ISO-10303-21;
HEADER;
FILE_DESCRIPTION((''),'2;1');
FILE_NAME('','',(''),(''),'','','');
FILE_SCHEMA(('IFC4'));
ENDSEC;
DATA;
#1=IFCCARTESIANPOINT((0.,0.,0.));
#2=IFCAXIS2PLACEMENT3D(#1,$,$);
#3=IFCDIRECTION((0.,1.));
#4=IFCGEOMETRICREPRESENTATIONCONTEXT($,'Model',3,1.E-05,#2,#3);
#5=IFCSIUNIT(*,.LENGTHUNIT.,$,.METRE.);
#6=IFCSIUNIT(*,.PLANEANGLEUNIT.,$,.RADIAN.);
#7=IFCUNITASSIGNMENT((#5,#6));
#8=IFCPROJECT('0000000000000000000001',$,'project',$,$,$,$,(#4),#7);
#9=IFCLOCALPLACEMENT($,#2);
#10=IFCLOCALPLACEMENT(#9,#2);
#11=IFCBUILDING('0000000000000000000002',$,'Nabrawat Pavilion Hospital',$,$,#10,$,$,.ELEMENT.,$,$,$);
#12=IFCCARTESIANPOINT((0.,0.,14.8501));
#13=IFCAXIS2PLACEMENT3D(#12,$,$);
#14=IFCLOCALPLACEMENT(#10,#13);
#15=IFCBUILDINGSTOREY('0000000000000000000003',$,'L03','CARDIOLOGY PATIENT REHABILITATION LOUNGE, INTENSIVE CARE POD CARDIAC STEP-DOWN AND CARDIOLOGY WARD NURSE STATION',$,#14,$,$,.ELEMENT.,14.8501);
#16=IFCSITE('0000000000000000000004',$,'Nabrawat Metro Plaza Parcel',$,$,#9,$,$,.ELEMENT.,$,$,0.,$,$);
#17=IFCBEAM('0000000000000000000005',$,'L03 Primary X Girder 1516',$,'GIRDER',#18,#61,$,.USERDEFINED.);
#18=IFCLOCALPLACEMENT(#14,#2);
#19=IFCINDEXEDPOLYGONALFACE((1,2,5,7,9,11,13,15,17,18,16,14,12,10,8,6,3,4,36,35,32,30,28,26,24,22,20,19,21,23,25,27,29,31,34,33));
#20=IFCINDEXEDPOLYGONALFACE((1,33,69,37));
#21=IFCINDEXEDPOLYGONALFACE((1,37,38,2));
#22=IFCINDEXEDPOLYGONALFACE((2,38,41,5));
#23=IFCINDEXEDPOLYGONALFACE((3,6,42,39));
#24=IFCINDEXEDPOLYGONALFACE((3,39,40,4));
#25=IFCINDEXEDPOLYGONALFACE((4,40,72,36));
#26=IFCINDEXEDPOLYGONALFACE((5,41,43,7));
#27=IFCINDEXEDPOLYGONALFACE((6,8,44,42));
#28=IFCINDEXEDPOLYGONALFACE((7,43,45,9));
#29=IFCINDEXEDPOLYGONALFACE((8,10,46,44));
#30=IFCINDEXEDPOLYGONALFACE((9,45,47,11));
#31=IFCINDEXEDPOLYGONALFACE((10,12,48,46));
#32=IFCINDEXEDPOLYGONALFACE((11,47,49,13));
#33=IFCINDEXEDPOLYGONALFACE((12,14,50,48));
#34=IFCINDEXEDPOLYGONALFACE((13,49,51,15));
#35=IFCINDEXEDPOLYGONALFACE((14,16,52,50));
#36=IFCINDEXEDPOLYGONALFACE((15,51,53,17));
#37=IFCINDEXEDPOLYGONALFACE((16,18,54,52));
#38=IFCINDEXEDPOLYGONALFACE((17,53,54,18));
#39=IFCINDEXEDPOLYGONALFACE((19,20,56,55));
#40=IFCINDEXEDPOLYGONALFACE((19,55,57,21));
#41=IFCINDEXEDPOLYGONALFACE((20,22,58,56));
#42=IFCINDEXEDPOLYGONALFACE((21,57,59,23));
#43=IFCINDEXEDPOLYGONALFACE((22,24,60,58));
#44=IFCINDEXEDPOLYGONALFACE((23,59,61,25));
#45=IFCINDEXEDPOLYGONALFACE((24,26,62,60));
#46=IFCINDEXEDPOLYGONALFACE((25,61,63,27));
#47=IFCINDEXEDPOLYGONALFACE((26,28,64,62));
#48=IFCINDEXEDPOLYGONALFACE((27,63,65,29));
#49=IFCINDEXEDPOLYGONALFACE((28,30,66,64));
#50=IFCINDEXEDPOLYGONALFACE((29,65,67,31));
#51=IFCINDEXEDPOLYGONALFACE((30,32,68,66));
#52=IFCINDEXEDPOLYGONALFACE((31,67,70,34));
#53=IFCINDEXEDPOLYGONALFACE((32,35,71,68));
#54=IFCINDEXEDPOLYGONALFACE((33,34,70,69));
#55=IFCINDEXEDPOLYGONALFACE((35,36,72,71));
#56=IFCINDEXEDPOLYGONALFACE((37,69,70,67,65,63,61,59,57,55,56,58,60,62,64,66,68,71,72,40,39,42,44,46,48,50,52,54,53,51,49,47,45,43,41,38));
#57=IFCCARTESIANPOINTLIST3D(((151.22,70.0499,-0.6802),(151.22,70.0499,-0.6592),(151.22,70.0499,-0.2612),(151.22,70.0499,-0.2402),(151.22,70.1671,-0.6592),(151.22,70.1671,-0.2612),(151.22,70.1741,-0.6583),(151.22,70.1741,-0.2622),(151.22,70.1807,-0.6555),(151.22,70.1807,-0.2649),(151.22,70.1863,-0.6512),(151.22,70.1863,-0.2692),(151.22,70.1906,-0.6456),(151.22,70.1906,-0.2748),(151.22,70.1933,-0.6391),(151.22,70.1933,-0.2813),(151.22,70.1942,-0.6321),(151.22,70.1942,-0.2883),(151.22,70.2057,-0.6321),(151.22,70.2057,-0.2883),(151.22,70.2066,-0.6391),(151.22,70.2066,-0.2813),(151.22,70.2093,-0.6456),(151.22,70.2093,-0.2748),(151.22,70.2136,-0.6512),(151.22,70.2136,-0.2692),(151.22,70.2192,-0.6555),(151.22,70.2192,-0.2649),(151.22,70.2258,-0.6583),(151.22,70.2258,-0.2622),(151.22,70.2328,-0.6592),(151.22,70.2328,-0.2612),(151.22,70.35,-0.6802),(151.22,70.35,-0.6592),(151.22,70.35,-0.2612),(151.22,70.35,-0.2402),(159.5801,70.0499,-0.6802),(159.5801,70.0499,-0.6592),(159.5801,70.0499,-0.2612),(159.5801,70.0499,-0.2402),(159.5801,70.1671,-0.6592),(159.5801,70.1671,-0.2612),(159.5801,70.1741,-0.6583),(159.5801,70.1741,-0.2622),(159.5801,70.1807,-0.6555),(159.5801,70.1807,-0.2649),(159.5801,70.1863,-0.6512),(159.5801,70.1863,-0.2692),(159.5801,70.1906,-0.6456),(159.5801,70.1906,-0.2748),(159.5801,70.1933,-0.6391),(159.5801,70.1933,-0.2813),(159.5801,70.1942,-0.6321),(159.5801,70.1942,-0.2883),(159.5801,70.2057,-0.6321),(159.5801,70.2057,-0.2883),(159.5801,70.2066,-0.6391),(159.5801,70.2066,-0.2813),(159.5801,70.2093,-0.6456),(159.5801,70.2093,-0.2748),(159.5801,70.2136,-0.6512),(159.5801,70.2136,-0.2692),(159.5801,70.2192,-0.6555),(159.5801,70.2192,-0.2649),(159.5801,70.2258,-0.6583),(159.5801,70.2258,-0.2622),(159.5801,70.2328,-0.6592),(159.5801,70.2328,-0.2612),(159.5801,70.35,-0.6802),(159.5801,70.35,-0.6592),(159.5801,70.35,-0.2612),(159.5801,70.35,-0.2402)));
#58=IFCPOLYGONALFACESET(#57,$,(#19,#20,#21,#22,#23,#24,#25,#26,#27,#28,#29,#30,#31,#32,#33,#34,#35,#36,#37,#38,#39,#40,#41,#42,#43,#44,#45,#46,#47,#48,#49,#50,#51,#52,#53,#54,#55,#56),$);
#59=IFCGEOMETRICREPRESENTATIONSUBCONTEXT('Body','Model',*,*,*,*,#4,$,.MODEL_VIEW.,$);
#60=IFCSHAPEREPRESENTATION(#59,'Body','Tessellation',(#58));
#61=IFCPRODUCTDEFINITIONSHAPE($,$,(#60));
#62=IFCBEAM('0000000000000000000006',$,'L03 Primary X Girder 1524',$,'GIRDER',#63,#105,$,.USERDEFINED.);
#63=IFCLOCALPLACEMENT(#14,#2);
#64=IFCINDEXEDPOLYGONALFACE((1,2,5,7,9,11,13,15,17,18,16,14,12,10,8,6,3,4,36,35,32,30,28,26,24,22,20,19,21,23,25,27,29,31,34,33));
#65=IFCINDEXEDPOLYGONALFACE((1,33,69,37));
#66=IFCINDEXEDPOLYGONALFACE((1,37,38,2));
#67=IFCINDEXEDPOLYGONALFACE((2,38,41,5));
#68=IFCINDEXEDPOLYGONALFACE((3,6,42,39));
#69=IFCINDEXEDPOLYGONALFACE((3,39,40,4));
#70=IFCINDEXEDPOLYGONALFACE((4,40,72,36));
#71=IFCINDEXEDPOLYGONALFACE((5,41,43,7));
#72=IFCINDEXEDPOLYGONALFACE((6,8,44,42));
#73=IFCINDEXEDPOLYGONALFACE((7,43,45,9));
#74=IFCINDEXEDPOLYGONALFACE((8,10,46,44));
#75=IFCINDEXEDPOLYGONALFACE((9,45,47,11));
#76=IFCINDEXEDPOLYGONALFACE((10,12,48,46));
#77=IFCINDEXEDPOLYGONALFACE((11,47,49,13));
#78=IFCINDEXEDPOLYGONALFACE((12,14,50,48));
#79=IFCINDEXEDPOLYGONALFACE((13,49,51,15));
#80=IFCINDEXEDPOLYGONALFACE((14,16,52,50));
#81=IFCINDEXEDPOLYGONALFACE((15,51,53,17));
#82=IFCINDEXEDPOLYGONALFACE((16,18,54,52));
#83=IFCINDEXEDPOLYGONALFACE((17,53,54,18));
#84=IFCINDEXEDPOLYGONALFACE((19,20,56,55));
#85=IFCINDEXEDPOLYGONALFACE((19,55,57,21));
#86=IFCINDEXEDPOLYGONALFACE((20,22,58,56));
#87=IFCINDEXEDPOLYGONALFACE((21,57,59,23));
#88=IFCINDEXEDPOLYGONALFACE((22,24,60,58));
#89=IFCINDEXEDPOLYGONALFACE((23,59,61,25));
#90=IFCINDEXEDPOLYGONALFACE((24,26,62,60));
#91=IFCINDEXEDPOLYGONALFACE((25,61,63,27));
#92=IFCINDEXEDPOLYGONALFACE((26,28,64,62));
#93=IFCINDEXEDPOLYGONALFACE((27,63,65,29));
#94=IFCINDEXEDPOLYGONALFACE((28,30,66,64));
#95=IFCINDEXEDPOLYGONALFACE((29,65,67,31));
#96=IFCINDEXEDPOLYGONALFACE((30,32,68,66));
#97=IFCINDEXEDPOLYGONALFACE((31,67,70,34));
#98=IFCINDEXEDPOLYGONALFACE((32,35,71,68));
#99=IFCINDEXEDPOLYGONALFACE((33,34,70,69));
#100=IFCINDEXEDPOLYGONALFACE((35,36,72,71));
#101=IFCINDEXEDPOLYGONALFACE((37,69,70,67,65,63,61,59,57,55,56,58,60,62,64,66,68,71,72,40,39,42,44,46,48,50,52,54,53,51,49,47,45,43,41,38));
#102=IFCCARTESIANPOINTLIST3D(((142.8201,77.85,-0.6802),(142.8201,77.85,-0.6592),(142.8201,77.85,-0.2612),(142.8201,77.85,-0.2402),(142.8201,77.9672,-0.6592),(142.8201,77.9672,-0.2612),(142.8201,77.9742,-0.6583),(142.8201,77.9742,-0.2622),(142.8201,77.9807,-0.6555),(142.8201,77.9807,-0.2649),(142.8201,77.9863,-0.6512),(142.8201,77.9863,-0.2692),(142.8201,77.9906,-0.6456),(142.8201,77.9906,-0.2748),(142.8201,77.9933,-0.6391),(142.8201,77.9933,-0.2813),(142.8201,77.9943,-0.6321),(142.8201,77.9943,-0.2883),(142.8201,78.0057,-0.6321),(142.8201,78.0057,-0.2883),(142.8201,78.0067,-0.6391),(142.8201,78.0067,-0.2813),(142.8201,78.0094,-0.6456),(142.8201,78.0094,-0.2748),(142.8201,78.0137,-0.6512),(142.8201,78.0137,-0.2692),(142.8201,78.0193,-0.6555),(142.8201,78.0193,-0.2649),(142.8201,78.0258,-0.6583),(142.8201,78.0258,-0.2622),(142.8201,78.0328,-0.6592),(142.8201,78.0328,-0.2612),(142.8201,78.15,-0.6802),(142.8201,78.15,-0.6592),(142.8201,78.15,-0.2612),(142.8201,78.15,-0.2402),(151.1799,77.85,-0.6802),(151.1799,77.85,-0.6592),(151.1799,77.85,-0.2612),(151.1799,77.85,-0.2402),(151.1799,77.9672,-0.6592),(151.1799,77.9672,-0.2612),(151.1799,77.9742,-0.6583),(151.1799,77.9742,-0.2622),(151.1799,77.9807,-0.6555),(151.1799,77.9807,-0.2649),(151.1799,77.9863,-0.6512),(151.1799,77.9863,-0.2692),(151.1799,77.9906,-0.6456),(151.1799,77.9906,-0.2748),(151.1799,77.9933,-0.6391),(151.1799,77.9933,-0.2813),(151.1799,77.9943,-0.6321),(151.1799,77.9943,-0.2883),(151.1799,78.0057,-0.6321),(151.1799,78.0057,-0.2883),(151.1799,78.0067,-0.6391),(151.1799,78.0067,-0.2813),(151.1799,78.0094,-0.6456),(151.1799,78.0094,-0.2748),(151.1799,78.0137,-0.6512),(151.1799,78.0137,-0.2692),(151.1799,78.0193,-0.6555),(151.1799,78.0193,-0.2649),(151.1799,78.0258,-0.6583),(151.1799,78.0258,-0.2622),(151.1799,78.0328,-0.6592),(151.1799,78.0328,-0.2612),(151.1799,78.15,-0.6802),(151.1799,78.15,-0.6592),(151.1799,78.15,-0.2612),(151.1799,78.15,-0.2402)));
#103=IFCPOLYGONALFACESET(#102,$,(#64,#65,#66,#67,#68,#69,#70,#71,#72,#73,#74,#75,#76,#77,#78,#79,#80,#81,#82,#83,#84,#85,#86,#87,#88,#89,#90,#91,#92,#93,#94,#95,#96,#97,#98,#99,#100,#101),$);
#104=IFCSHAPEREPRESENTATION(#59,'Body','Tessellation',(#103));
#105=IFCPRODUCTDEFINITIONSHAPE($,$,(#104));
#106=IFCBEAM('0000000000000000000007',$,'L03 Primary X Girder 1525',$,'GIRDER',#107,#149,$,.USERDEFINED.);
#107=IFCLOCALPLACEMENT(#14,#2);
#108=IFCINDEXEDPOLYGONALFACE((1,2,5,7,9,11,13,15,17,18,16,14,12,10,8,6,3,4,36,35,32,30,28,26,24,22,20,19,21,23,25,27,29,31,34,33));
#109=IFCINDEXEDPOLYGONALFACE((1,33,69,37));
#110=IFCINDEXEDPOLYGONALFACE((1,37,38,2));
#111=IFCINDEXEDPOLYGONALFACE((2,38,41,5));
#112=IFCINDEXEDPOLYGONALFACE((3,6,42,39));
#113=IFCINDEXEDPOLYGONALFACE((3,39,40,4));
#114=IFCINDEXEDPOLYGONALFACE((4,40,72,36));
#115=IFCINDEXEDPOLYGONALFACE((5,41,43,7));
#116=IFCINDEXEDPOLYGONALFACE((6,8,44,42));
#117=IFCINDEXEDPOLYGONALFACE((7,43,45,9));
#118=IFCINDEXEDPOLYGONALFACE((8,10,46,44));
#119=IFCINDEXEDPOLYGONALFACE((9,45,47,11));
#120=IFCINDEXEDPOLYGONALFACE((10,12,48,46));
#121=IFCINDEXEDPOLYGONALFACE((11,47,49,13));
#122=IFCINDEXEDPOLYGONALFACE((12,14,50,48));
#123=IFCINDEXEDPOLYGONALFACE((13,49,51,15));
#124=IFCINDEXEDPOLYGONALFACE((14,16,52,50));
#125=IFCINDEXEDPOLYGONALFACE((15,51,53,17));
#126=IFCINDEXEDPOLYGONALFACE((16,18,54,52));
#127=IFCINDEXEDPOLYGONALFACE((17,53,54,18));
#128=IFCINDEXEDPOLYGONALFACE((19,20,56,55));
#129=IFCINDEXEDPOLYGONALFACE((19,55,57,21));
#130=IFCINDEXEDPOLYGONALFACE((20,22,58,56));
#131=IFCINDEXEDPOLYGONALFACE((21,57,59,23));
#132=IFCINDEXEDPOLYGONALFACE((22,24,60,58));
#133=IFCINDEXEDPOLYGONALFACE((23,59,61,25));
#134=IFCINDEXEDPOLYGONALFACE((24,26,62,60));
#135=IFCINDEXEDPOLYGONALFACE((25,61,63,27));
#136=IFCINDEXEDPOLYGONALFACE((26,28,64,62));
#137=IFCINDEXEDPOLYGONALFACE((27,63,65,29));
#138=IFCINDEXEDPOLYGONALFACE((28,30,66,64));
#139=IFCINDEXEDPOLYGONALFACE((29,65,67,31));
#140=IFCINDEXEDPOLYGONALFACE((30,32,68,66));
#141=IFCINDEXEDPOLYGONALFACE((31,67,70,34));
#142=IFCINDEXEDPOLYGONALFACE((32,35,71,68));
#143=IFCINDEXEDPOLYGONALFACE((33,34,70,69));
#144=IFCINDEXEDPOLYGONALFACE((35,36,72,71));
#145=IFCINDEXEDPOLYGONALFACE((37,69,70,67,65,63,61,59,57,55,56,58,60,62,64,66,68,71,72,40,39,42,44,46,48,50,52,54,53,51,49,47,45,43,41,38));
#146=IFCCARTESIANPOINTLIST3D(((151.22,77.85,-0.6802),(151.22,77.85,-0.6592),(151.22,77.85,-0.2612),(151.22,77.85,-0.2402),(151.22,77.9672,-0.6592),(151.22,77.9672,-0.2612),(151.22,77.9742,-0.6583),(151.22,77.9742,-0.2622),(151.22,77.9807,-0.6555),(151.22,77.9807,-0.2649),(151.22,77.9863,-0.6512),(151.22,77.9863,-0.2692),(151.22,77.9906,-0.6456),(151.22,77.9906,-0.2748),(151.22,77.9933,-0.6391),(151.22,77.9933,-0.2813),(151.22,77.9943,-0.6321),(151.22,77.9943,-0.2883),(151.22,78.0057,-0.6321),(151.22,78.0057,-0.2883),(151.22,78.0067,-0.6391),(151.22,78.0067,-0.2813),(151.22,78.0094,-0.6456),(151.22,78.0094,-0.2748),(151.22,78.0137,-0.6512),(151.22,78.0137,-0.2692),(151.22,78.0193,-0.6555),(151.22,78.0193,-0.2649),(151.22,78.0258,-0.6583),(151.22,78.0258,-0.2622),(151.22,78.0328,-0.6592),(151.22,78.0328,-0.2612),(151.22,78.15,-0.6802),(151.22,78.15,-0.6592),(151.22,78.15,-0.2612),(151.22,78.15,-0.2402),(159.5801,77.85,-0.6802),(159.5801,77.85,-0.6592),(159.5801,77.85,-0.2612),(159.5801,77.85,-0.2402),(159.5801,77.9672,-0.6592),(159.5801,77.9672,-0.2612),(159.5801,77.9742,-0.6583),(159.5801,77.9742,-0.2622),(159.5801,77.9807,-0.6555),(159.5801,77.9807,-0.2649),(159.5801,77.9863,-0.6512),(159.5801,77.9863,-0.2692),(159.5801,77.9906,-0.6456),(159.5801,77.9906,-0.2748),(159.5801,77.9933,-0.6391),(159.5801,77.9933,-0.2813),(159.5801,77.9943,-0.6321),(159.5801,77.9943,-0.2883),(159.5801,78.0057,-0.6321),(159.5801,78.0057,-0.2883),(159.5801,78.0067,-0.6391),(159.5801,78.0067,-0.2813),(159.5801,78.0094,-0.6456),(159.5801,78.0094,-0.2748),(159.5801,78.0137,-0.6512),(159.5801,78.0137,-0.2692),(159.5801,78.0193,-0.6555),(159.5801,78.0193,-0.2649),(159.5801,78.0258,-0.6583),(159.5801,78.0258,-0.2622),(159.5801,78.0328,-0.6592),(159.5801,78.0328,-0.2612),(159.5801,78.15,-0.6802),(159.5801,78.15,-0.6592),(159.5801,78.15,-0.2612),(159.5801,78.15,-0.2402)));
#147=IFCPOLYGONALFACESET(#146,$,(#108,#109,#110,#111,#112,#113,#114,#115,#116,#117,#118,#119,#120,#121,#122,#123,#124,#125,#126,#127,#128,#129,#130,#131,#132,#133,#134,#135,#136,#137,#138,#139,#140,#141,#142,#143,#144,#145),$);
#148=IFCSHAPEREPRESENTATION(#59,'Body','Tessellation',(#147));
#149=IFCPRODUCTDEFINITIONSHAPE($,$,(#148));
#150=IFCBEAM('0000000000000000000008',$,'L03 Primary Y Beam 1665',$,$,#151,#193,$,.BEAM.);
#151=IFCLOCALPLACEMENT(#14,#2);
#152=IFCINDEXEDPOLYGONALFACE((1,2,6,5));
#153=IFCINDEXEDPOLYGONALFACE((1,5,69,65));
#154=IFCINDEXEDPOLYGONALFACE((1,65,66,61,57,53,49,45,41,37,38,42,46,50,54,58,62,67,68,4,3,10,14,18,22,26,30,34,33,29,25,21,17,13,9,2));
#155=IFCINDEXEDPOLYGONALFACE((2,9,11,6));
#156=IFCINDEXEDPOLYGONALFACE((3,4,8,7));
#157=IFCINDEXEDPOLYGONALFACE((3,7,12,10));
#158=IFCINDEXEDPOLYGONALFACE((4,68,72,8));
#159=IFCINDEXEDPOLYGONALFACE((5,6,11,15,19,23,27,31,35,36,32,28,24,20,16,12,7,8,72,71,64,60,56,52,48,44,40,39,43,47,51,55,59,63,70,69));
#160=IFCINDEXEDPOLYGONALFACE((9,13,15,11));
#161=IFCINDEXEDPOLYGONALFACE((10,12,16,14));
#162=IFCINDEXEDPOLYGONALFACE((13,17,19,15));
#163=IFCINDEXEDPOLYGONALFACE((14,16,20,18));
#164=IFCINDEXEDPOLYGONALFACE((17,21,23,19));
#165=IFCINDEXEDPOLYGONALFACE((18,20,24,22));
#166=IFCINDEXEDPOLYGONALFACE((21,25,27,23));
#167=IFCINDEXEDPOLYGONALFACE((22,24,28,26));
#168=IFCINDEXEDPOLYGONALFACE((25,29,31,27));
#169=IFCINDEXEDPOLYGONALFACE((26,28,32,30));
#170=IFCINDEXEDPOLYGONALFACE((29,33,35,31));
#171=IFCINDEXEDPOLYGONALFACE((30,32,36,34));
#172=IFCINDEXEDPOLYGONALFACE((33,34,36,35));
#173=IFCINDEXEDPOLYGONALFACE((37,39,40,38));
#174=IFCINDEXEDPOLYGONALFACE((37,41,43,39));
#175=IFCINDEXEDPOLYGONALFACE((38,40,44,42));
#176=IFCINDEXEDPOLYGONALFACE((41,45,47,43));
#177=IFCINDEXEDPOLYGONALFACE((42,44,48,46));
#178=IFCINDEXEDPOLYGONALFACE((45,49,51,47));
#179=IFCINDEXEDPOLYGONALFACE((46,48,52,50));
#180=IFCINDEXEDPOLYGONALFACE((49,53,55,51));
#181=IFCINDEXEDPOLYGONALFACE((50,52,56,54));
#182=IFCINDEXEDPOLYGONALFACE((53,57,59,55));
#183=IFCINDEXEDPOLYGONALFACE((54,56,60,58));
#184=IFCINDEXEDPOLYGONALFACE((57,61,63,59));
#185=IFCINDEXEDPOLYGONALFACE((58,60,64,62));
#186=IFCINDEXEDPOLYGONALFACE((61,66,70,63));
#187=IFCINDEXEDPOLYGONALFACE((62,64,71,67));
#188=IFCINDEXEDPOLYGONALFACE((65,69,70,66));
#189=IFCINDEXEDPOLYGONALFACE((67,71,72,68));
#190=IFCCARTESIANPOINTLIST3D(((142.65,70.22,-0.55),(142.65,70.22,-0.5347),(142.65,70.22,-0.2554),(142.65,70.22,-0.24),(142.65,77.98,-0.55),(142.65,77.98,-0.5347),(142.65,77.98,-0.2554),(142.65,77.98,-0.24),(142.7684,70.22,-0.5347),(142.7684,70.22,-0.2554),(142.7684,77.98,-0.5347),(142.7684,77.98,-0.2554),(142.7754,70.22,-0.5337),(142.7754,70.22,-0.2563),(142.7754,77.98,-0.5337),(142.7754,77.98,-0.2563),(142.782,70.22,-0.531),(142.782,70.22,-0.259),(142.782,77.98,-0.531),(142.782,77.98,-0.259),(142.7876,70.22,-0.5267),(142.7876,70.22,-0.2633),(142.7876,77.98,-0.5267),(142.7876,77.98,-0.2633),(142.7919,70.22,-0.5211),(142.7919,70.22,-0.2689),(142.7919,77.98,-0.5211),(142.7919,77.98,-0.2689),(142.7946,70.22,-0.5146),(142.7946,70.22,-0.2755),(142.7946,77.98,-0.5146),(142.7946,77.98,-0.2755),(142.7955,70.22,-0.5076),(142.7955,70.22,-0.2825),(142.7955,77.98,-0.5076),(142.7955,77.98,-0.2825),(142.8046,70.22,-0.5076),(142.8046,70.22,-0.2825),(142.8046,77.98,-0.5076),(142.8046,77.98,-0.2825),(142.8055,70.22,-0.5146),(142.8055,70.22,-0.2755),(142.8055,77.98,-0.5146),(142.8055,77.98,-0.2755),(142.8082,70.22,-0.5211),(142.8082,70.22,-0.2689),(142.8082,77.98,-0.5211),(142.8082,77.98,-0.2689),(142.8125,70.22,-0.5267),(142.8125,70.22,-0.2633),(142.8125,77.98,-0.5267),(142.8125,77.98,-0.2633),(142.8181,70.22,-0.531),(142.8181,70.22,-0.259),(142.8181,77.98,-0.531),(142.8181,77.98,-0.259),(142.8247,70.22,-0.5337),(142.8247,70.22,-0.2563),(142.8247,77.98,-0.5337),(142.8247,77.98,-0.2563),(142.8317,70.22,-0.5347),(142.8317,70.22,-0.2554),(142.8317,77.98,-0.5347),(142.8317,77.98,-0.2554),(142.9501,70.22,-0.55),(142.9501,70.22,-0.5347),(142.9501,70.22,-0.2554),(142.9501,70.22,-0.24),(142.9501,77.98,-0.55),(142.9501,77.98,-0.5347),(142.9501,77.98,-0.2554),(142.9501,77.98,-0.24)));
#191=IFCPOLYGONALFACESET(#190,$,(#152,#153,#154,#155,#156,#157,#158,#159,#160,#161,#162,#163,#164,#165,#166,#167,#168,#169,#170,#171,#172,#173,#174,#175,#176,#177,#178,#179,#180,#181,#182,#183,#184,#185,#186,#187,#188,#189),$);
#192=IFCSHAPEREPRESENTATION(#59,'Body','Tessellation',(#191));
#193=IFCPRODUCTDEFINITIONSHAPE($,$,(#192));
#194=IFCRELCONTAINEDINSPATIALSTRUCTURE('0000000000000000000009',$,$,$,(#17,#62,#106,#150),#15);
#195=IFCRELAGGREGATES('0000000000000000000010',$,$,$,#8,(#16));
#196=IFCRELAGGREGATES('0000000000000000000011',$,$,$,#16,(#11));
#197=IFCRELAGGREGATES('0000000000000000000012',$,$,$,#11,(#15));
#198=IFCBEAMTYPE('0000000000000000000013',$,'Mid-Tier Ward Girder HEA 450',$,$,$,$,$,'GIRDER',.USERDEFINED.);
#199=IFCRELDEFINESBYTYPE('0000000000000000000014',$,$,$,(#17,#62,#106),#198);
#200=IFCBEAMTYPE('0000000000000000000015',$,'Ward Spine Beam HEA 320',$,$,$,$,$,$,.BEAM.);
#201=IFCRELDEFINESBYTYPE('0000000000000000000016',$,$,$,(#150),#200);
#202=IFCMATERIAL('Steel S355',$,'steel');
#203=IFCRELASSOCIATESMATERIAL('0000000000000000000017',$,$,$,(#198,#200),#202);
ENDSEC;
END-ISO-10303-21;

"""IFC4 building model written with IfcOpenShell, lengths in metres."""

from ifc_helpers import new_model, si_unit, direction, frame, origin, origin_2d, place, context, subcontext, project, spatial, i_section, extrude, material, material_profile, profile_set, type_object, element, save


model = new_model("IFC4")

# Units and contexts
model_context = context("Model", 3, precision=1e-05, world=origin(), true_north=direction((0.0, 1.0)))
body_context = subcontext(model_context, "Body", "Model", "MODEL_VIEW")
ifc_project = project(units=[si_unit("LENGTHUNIT", "METRE"), si_unit("PLANEANGLEUNIT", "RADIAN")], contexts=[model_context])

# Site, building, storey
site_placement = place(None, origin())
site = spatial("IfcSite", under=ifc_project, at=site_placement, Name="Nabrawat Metro Plaza Parcel", CompositionType="ELEMENT", RefElevation=0.0)
building_placement = place(site_placement, origin())
building = spatial("IfcBuilding", under=site, at=building_placement, Name="Nabrawat Pavilion Hospital", CompositionType="ELEMENT")
storey_placement = place(building_placement, frame((0.0, 0.0, 14.8501)))
storey = spatial("IfcBuildingStorey", under=building, at=storey_placement, Name="L03", Description="CARDIOLOGY PATIENT REHABILITATION LOUNGE, INTENSIVE CARE POD CARDIAC STEP-DOWN AND CARDIOLOGY WARD NURSE STATION", CompositionType="ELEMENT", Elevation=14.8501)

# Shared definitions
ifc_material_1 = material(Name="Steel S355", Category="steel")

# Beams
ifc_material_profile_1 = material_profile(ifc_material_1, i_section(OverallWidth=0.3, OverallDepth=0.4399, WebThickness=0.0115, FlangeThickness=0.021, FilletRadius=0.0271, at=origin_2d()), Name="HEA 450")
ifc_profile_set_1 = profile_set([ifc_material_profile_1], Name="Steel S355")
beam_type_1 = type_object("IfcBeamType", Name="Mid-Tier Ward Girder HEA 450", ElementType="GIRDER", PredefinedType="USERDEFINED", material=ifc_profile_set_1)
beam_1_placement = place(storey_placement, frame((151.22, 70.2, -0.4602), z_axis=(1.0, 0.0, 0.0), x_axis=(0.0, 1.0, 0.0)))
element("IfcBeam", 1, at=beam_1_placement, inside=storey, type_object=beam_type_1, Name="L03 Primary X Girder 1516", ObjectType="GIRDER", PredefinedType="USERDEFINED", context=body_context, shape_type="SweptSolid", body=[
    extrude(i_section(OverallWidth=0.3, OverallDepth=0.4399, WebThickness=0.0115, FlangeThickness=0.021, FilletRadius=0.0271, at=origin_2d()), origin(), (0.0, 0.0, 1.0), 8.3601),
])
beam_2_placement = place(storey_placement, frame((142.8201, 78.0, -0.4602), z_axis=(1.0, 0.0, 0.0), x_axis=(0.0, 1.0, 0.0)))
element("IfcBeam", 2, at=beam_2_placement, inside=storey, type_object=beam_type_1, Name="L03 Primary X Girder 1524", ObjectType="GIRDER", PredefinedType="USERDEFINED", context=body_context, shape_type="SweptSolid", body=[
    extrude(i_section(OverallWidth=0.3, OverallDepth=0.4399, WebThickness=0.0115, FlangeThickness=0.021, FilletRadius=0.0271, at=origin_2d()), origin(), (0.0, 0.0, 1.0), 8.3599),
])
beam_3_placement = place(storey_placement, frame((151.22, 78.0, -0.4602), z_axis=(1.0, 0.0, 0.0), x_axis=(0.0, 1.0, 0.0)))
element("IfcBeam", 3, at=beam_3_placement, inside=storey, type_object=beam_type_1, Name="L03 Primary X Girder 1525", ObjectType="GIRDER", PredefinedType="USERDEFINED", context=body_context, shape_type="SweptSolid", body=[
    extrude(i_section(OverallWidth=0.3, OverallDepth=0.4399, WebThickness=0.0115, FlangeThickness=0.021, FilletRadius=0.0271, at=origin_2d()), origin(), (0.0, 0.0, 1.0), 8.3601),
])
ifc_material_profile_2 = material_profile(ifc_material_1, i_section(OverallWidth=0.3, OverallDepth=0.3101, WebThickness=0.009, FlangeThickness=0.0154, FilletRadius=0.0271, at=origin_2d()), Name="HEA 320")
ifc_profile_set_2 = profile_set([ifc_material_profile_2], Name="Steel S355")
beam_type_2 = type_object("IfcBeamType", Name="Ward Spine Beam HEA 320", PredefinedType="BEAM", material=ifc_profile_set_2)
beam_4_placement = place(storey_placement, frame((142.8, 70.22, -0.395), z_axis=(0.0, 1.0, 0.0), x_axis=(-1.0, 0.0, 0.0)))
element("IfcBeam", 4, at=beam_4_placement, inside=storey, type_object=beam_type_2, Name="L03 Primary Y Beam 1665", PredefinedType="BEAM", context=body_context, shape_type="SweptSolid", body=[
    extrude(i_section(OverallWidth=0.3, OverallDepth=0.3101, WebThickness=0.009, FlangeThickness=0.0154, FilletRadius=0.0271, at=origin_2d()), origin(), (0.0, 0.0, 1.0), 7.76),
])

save(model, "model.ifc")
